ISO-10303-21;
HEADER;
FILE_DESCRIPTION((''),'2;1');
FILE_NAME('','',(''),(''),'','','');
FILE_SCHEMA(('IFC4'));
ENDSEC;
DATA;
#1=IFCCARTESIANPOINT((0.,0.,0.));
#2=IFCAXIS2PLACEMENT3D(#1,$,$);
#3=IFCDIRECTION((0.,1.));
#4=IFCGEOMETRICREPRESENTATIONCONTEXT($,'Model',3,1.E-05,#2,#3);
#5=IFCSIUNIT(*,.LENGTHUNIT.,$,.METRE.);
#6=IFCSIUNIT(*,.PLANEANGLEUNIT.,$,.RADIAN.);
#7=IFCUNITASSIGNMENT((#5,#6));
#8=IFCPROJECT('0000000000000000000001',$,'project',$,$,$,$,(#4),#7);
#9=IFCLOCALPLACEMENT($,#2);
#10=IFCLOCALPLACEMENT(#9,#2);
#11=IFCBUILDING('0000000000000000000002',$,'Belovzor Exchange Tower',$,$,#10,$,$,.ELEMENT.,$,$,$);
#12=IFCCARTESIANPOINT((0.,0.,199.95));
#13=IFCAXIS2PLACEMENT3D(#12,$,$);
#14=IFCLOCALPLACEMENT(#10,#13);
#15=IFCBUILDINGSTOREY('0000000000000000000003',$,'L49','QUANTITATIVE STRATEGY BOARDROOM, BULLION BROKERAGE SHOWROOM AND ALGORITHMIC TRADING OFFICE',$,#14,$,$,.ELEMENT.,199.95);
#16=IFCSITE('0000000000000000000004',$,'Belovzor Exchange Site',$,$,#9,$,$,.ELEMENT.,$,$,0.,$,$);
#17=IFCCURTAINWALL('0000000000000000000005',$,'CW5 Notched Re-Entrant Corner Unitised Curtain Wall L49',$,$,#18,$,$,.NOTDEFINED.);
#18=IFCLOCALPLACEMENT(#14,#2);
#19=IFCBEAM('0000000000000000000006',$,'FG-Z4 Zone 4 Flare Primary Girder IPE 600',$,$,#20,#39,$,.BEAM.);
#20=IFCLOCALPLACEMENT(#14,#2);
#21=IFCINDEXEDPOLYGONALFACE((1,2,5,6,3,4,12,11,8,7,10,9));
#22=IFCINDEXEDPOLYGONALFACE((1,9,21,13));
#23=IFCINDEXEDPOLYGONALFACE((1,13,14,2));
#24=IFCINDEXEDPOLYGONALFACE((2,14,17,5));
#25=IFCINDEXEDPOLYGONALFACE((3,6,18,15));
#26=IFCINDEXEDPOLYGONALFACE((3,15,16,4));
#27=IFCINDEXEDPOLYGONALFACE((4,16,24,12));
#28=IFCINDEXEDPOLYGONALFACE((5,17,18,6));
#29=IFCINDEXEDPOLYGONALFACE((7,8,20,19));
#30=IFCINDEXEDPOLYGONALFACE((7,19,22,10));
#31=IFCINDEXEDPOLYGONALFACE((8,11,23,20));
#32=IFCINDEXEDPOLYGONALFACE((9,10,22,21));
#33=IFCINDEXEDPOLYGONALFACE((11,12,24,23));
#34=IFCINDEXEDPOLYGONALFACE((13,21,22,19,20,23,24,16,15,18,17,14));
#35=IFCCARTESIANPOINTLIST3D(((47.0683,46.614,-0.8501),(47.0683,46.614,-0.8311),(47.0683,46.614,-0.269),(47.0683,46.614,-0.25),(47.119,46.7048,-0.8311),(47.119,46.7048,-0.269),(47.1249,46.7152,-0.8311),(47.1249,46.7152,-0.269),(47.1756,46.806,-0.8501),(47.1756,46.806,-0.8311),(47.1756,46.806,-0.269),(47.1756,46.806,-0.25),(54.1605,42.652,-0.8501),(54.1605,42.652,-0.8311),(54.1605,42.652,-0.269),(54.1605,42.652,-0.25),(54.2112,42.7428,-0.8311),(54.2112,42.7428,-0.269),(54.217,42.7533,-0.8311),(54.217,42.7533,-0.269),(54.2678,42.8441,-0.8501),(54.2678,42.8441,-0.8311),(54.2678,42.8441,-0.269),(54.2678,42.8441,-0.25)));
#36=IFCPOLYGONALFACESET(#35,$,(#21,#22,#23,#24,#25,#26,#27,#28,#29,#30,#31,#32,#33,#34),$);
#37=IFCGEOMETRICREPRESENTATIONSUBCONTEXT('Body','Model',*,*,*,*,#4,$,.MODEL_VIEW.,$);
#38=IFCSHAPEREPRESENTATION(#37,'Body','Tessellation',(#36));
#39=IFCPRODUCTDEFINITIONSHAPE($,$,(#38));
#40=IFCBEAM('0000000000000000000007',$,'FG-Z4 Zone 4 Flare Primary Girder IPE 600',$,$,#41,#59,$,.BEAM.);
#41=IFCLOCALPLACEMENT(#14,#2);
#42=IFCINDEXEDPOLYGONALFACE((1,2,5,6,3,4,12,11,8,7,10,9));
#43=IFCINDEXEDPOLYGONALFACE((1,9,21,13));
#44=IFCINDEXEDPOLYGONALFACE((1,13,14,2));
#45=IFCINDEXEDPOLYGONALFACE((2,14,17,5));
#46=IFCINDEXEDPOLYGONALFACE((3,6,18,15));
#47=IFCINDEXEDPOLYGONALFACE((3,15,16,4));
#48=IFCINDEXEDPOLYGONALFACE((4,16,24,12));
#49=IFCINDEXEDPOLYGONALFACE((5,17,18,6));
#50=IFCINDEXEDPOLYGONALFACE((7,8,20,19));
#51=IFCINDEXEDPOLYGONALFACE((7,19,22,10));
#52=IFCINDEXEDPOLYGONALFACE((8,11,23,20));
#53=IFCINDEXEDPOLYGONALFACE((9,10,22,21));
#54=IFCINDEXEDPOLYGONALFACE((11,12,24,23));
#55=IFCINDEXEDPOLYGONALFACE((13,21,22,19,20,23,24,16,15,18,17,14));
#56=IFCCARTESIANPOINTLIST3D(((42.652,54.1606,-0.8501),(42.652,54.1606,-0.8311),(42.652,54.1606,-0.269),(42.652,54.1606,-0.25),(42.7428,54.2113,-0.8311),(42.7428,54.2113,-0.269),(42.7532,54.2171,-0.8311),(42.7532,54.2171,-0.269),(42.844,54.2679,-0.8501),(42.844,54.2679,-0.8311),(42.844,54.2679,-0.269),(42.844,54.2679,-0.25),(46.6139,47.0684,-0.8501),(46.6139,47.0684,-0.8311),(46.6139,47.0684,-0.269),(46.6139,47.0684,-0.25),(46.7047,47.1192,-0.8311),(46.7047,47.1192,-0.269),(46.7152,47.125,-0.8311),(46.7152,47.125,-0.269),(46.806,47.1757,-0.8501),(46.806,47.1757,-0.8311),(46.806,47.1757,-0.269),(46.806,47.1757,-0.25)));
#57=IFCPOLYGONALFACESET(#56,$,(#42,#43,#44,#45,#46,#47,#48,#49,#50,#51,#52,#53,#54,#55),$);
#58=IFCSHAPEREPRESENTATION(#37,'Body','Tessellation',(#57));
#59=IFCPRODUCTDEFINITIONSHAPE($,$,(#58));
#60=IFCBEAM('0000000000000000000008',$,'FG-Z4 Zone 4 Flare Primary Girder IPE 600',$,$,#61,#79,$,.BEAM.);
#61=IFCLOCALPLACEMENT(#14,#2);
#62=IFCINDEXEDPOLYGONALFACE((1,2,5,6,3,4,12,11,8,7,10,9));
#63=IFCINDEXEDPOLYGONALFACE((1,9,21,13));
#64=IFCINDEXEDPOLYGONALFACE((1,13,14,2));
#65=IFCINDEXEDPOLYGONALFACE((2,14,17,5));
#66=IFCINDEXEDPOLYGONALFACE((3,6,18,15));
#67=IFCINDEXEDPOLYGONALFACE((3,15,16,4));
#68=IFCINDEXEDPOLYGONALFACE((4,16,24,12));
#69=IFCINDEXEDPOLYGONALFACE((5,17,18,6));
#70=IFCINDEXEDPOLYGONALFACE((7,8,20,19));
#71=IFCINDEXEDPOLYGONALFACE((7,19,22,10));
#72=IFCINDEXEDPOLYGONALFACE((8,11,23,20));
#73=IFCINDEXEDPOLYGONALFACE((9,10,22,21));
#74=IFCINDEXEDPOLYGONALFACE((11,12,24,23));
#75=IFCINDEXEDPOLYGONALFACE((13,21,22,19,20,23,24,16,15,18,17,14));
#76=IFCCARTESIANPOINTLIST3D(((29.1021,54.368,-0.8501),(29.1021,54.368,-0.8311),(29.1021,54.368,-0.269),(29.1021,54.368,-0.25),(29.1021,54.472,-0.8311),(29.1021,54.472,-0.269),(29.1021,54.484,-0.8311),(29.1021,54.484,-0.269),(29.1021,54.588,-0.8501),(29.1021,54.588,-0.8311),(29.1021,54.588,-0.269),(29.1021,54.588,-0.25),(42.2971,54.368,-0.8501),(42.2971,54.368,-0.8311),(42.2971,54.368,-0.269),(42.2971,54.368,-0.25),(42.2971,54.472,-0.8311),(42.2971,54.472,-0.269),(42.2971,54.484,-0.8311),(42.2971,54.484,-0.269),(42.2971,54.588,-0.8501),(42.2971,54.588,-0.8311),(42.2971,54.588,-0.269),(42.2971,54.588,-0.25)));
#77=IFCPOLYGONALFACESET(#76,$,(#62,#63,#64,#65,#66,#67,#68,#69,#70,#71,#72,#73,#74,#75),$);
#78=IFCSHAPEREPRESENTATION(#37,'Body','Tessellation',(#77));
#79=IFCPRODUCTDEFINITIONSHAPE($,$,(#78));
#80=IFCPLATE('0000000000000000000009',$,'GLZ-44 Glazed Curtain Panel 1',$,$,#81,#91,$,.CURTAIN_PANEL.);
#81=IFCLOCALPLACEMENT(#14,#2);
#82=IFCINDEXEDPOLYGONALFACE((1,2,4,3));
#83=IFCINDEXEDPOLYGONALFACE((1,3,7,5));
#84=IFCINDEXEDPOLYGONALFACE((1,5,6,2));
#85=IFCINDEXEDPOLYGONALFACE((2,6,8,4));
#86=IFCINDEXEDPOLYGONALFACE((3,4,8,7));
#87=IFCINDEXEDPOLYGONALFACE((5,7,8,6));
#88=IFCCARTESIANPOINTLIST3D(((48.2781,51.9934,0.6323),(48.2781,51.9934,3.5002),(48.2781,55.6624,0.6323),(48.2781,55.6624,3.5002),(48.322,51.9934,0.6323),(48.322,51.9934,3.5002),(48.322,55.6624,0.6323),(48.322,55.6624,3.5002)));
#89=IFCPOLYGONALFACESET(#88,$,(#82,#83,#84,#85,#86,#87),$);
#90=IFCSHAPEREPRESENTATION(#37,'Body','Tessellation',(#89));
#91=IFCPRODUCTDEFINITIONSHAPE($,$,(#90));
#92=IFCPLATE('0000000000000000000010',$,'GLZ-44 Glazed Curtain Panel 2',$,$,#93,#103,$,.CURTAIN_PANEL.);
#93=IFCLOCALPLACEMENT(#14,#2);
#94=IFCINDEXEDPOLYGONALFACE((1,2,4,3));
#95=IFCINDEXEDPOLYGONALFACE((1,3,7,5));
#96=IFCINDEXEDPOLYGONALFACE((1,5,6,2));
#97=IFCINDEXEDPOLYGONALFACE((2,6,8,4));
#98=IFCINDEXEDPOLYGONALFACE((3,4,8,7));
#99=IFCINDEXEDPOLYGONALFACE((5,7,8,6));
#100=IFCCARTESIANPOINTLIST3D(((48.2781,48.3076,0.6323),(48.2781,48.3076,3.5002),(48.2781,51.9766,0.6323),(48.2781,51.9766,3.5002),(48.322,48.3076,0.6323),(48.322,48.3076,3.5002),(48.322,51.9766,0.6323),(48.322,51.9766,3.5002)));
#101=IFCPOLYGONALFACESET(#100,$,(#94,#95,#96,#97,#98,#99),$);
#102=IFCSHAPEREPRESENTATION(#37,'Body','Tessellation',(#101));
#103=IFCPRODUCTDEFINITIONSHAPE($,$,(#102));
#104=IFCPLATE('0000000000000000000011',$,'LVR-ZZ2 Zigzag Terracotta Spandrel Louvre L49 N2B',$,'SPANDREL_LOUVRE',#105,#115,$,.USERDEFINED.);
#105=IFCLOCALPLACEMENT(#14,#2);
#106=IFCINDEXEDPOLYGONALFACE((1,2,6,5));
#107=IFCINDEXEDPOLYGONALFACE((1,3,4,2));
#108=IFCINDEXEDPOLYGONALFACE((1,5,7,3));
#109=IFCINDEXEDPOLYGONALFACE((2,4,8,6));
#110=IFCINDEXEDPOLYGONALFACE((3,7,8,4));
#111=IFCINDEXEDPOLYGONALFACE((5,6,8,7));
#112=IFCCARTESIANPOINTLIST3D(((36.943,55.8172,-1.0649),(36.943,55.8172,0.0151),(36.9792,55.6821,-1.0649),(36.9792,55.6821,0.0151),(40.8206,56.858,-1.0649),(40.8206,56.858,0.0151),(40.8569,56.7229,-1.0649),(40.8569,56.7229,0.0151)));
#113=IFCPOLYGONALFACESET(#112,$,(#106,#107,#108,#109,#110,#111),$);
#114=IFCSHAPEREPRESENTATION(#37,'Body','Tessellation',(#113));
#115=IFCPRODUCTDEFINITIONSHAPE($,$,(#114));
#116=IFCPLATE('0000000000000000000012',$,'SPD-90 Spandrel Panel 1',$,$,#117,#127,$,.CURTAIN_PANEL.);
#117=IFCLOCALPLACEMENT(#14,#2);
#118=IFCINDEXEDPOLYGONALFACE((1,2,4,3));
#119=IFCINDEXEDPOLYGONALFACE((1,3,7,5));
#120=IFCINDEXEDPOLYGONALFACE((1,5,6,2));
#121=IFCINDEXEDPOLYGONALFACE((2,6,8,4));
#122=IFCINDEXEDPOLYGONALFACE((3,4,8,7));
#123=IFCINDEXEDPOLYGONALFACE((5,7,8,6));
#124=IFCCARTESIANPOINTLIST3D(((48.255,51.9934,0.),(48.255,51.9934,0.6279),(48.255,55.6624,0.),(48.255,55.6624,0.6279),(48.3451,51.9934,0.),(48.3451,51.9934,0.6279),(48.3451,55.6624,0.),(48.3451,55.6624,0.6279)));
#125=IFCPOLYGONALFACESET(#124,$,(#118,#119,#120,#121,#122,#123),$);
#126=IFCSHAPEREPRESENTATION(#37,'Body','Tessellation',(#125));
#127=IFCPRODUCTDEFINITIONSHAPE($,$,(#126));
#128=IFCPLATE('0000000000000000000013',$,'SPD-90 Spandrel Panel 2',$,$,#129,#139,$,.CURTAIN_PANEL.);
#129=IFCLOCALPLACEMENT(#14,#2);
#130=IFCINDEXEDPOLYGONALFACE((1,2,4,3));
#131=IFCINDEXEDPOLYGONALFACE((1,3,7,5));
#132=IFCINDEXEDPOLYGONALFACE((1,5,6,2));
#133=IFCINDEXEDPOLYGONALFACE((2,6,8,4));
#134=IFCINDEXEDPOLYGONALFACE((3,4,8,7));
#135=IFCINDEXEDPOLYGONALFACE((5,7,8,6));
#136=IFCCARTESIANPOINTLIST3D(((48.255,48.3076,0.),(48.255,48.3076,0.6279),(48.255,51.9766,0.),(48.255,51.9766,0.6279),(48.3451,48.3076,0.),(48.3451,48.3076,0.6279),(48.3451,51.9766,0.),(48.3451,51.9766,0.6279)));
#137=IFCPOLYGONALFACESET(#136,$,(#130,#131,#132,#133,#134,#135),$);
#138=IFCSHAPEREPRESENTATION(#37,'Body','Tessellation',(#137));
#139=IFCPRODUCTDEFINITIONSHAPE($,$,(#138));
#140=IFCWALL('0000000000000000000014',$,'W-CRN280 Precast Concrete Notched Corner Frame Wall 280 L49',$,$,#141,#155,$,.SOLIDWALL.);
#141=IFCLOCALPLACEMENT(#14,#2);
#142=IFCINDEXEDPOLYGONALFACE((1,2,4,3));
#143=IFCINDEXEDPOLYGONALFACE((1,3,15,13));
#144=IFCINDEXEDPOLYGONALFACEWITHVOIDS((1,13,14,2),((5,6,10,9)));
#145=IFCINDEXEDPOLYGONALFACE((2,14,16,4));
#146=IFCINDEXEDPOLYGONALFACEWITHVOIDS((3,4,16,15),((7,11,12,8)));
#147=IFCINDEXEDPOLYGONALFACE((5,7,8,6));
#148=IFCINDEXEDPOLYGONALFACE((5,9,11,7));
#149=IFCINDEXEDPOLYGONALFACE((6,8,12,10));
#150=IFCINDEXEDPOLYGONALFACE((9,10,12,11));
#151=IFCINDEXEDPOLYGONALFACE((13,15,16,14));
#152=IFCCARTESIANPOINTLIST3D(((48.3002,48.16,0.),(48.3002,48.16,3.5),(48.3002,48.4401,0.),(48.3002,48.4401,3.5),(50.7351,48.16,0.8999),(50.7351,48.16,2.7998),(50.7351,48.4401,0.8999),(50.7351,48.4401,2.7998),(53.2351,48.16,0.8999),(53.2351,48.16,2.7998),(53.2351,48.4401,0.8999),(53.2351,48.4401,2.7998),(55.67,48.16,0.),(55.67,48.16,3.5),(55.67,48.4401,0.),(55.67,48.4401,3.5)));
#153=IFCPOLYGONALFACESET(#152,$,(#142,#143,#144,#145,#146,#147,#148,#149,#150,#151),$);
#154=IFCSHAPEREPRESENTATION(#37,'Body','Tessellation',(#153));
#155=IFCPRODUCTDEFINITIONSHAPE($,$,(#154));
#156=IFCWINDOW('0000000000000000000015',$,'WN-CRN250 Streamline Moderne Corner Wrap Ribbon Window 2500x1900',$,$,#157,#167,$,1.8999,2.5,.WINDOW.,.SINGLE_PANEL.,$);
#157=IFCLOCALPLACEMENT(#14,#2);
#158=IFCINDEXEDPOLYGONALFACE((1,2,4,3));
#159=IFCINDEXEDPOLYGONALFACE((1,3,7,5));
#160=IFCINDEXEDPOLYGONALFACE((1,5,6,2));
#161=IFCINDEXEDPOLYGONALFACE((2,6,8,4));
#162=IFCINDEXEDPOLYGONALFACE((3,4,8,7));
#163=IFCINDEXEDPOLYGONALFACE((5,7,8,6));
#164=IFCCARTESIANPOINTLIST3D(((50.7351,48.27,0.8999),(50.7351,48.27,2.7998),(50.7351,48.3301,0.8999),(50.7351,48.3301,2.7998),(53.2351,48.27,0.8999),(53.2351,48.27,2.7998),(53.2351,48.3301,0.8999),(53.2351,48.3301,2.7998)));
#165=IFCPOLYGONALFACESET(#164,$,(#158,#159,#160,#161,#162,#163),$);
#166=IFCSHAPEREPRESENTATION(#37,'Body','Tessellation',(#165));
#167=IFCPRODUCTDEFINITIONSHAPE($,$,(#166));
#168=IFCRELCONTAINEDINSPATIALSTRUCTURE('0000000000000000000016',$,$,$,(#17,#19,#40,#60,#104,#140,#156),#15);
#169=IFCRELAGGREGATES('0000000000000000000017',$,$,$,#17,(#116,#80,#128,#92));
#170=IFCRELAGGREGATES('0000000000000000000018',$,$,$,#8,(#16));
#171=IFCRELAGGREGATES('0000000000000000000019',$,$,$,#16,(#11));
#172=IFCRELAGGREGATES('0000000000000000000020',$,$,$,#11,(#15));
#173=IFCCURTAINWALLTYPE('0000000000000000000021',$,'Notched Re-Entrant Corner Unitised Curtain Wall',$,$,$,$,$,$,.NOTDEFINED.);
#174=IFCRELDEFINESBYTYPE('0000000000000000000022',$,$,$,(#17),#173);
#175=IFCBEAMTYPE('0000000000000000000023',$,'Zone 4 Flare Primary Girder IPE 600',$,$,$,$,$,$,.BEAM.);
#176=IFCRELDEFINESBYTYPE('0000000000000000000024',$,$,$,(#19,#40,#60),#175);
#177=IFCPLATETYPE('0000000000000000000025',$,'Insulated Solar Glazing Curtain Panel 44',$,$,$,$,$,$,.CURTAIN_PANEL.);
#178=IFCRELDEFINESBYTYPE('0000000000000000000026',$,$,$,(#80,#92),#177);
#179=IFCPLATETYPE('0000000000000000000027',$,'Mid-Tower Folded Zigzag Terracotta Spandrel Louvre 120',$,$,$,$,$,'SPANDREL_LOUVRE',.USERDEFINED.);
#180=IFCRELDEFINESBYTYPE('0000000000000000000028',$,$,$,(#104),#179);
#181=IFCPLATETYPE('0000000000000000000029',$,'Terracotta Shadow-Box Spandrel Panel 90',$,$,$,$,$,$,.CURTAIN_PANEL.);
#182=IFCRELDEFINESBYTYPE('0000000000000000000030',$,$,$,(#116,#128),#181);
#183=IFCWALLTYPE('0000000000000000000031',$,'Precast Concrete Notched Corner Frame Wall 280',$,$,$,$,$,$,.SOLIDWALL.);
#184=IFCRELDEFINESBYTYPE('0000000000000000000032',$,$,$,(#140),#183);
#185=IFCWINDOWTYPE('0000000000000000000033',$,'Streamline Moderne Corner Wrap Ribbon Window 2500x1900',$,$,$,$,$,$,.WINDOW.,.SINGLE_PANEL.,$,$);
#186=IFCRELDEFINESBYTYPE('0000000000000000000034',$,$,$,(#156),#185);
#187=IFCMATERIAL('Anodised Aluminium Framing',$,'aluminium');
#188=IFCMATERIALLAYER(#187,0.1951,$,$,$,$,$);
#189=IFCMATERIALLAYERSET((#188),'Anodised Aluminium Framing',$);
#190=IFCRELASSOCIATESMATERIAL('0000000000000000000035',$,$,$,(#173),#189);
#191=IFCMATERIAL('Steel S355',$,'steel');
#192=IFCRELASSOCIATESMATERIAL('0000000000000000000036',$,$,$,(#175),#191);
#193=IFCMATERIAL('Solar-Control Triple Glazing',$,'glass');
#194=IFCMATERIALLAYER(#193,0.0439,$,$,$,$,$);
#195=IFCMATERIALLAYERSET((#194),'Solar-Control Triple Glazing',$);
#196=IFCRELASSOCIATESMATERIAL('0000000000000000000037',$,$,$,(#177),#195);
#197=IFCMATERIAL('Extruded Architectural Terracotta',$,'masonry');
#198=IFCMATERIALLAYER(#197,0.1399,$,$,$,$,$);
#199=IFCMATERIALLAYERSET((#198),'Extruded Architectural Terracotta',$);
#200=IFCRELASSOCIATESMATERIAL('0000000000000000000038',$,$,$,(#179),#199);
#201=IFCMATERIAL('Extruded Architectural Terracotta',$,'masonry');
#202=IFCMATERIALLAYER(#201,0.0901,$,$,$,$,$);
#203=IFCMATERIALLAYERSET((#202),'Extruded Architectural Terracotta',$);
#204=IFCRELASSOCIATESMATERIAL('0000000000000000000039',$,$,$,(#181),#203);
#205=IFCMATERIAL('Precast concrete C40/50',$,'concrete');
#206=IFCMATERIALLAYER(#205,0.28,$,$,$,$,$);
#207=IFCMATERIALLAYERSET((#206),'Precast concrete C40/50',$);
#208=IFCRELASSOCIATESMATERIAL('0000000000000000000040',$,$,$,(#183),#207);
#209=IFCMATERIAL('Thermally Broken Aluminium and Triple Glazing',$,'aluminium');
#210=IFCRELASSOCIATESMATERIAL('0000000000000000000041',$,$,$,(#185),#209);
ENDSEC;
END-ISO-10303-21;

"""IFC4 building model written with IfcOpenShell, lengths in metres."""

from ifc_helpers import new_model, si_unit, direction, frame, frame_2d, origin, origin_2d, place, context, subcontext, project, spatial, rectangle, i_section, extrude, material, layer, layer_set, material_profile, profile_set, type_object, element, fill, aggregate, save


model = new_model("IFC4")

# Units and contexts
model_context = context("Model", 3, precision=1e-05, world=origin(), true_north=direction((0.0, 1.0)))
body_context = subcontext(model_context, "Body", "Model", "MODEL_VIEW")
ifc_project = project(units=[si_unit("LENGTHUNIT", "METRE"), si_unit("PLANEANGLEUNIT", "RADIAN")], contexts=[model_context])

# Site, building, storey
site_placement = place(None, origin())
site = spatial("IfcSite", under=ifc_project, at=site_placement, Name="Belovzor Exchange Site", CompositionType="ELEMENT", RefElevation=0.0)
building_placement = place(site_placement, origin())
building = spatial("IfcBuilding", under=site, at=building_placement, Name="Belovzor Exchange Tower", CompositionType="ELEMENT")
storey_placement = place(building_placement, frame((0.0, 0.0, 199.95)))
storey = spatial("IfcBuildingStorey", under=building, at=storey_placement, Name="L49", Description="QUANTITATIVE STRATEGY BOARDROOM, BULLION BROKERAGE SHOWROOM AND ALGORITHMIC TRADING OFFICE", CompositionType="ELEMENT", Elevation=199.95)

# Curtain wall
ifc_material_1 = material(Name="Anodised Aluminium Framing", Category="aluminium")
ifc_layer_1 = layer(ifc_material_1, 0.1951)
ifc_layer_set_1 = layer_set([ifc_layer_1], Name="Anodised Aluminium Framing")
curtain_wall_type = type_object("IfcCurtainWallType", Name="Notched Re-Entrant Corner Unitised Curtain Wall", PredefinedType="NOTDEFINED", material=ifc_layer_set_1)
curtain_wall_placement = place(storey_placement, origin())
curtain_wall = element("IfcCurtainWall", 1, at=curtain_wall_placement, inside=storey, type_object=curtain_wall_type, Name="CW5 Notched Re-Entrant Corner Unitised Curtain Wall L49", PredefinedType="NOTDEFINED")

# Beams
ifc_material_2 = material(Name="Steel S355", Category="steel")
ifc_material_profile_1 = material_profile(ifc_material_2, i_section(OverallWidth=0.22, OverallDepth=0.6001, WebThickness=0.012, FlangeThickness=0.019, at=origin_2d()))
ifc_profile_set_1 = profile_set([ifc_material_profile_1], Name="Steel S355")
beam_type_1 = type_object("IfcBeamType", Name="Zone 4 Flare Primary Girder IPE 600", PredefinedType="BEAM", material=ifc_profile_set_1)
for number, where, z_axis, x_axis, name in (
    (2, (54.2141, 42.748, -0.55), (-0.873011, 0.487701, 0.0), (-0.487701, -0.873011, 0.0), "FG-Z4 Zone 4 Flare Primary Girder IPE 600"),
    (3, (46.71, 47.1221, -0.55), (-0.487701, 0.873011, 0.0), (-0.873011, -0.487701, 0.0), "FG-Z4 Zone 4 Flare Primary Girder IPE 600"),
):
    element("IfcBeam", number, at=place(storey_placement, frame(where, z_axis=z_axis, x_axis=x_axis)), inside=storey, type_object=beam_type_1, Name=name, PredefinedType="BEAM", context=body_context, shape_type="SweptSolid", body=[
        extrude(i_section(OverallWidth=0.22, OverallDepth=0.6001, WebThickness=0.012, FlangeThickness=0.019, at=origin_2d()), origin(), (0.0, 0.0, 1.0), 8.1238),
    ])
beam_1_placement = place(storey_placement, frame((42.2971, 54.478, -0.55), z_axis=(-1.0, 0.0, 0.0), x_axis=(0.0, -1.0, 0.0)))
element("IfcBeam", 4, at=beam_1_placement, inside=storey, type_object=beam_type_1, Name="FG-Z4 Zone 4 Flare Primary Girder IPE 600", PredefinedType="BEAM", context=body_context, shape_type="SweptSolid", body=[
    extrude(i_section(OverallWidth=0.22, OverallDepth=0.6001, WebThickness=0.012, FlangeThickness=0.019, at=origin_2d()), origin(), (0.0, 0.0, 1.0), 13.1951),
])

# Plates
ifc_material_3 = material(Name="Solar-Control Triple Glazing", Category="glass")
ifc_layer_2 = layer(ifc_material_3, 0.0439)
ifc_layer_set_2 = layer_set([ifc_layer_2], Name="Solar-Control Triple Glazing")
plate_type_1 = type_object("IfcPlateType", Name="Insulated Solar Glazing Curtain Panel 44", PredefinedType="CURTAIN_PANEL", material=ifc_layer_set_2)
plate_1_placement = place(storey_placement, frame((48.3, 53.8279, 0.6323), z_axis=(0.0, 0.0, 1.0), x_axis=(0.0, -1.0, 0.0)))
plate_1 = element("IfcPlate", 5, at=plate_1_placement, type_object=plate_type_1, Name="GLZ-44 Glazed Curtain Panel 1", PredefinedType="CURTAIN_PANEL", context=body_context, shape_type="SweptSolid", body=[
    extrude(rectangle(XDim=3.6689, YDim=0.0439, at=origin_2d()), origin(), (0.0, 0.0, 1.0), 2.8679),
])
plate_2_placement = place(storey_placement, frame((48.3, 50.1421, 0.6323), z_axis=(0.0, 0.0, 1.0), x_axis=(0.0, -1.0, 0.0)))
plate_2 = element("IfcPlate", 6, at=plate_2_placement, type_object=plate_type_1, Name="GLZ-44 Glazed Curtain Panel 2", PredefinedType="CURTAIN_PANEL", context=body_context, shape_type="SweptSolid", body=[
    extrude(rectangle(XDim=3.6689, YDim=0.0439, at=origin_2d()), origin(), (0.0, 0.0, 1.0), 2.8679),
])
ifc_material_4 = material(Name="Extruded Architectural Terracotta", Category="masonry")
ifc_layer_3 = layer(ifc_material_4, 0.1399)
ifc_layer_set_3 = layer_set([ifc_layer_3], Name="Extruded Architectural Terracotta")
plate_type_2 = type_object("IfcPlateType", Name="Mid-Tower Folded Zigzag Terracotta Spandrel Louvre 120", ElementType="SPANDREL_LOUVRE", PredefinedType="USERDEFINED", material=ifc_layer_set_3)
plate_3_placement = place(storey_placement, frame((38.8999, 56.27, -1.0649), z_axis=(0.0, 0.0, 1.0), x_axis=(0.965813, 0.25924, 0.0)))
element("IfcPlate", 7, at=plate_3_placement, inside=storey, type_object=plate_type_2, Name="LVR-ZZ2 Zigzag Terracotta Spandrel Louvre L49 N2B", ObjectType="SPANDREL_LOUVRE", PredefinedType="USERDEFINED", context=body_context, shape_type="SweptSolid", body=[
    extrude(rectangle(XDim=4.0149, YDim=0.1399, at=origin_2d()), origin(), (0.0, 0.0, 1.0), 1.0801),
])
ifc_material_5 = material(Name="Extruded Architectural Terracotta", Category="masonry")
ifc_layer_4 = layer(ifc_material_5, 0.0901)
ifc_layer_set_4 = layer_set([ifc_layer_4], Name="Extruded Architectural Terracotta")
plate_type_3 = type_object("IfcPlateType", Name="Terracotta Shadow-Box Spandrel Panel 90", PredefinedType="CURTAIN_PANEL", material=ifc_layer_set_4)
plate_4_placement = place(storey_placement, frame((48.3, 53.8279, 0.0), z_axis=(0.0, 0.0, 1.0), x_axis=(0.0, -1.0, 0.0)))
plate_4 = element("IfcPlate", 8, at=plate_4_placement, type_object=plate_type_3, Name="SPD-90 Spandrel Panel 1", PredefinedType="CURTAIN_PANEL", context=body_context, shape_type="SweptSolid", body=[
    extrude(rectangle(XDim=3.6689, YDim=0.0901, at=origin_2d()), origin(), (0.0, 0.0, 1.0), 0.6279),
])
plate_5_placement = place(storey_placement, frame((48.3, 50.1421, 0.0), z_axis=(0.0, 0.0, 1.0), x_axis=(0.0, -1.0, 0.0)))
plate_5 = element("IfcPlate", 9, at=plate_5_placement, type_object=plate_type_3, Name="SPD-90 Spandrel Panel 2", PredefinedType="CURTAIN_PANEL", context=body_context, shape_type="SweptSolid", body=[
    extrude(rectangle(XDim=3.6689, YDim=0.0901, at=origin_2d()), origin(), (0.0, 0.0, 1.0), 0.6279),
])
aggregate(curtain_wall, [plate_4, plate_1, plate_5, plate_2])

# Wall, opening, window
ifc_material_6 = material(Name="Precast concrete C40/50", Category="concrete")
ifc_layer_5 = layer(ifc_material_6, 0.28)
ifc_layer_set_5 = layer_set([ifc_layer_5], Name="Precast concrete C40/50")
wall_type_1 = type_object("IfcWallType", Name="Precast Concrete Notched Corner Frame Wall 280", PredefinedType="SOLIDWALL", material=ifc_layer_set_5)
wall_1_placement = place(storey_placement, frame((48.3, 48.3, 0.0), z_axis=(0.0, 0.0, 1.0), x_axis=(1.0, 0.0, 0.0)))
wall_1 = element("IfcWall", 10, at=wall_1_placement, inside=storey, type_object=wall_type_1, Name="W-CRN280 Precast Concrete Notched Corner Frame Wall 280 L49", PredefinedType="SOLIDWALL", context=body_context, shape_type="SweptSolid", body=[
    extrude(rectangle(XDim=7.3699, YDim=0.28, at=frame_2d((3.6851, 0.0))), origin(), (0.0, 0.0, 1.0), 3.5),
])
opening_1_placement = place(wall_1_placement, frame((2.4351, 0.0, 0.8999)))
opening_1 = element("IfcOpeningElement", 11, at=opening_1_placement, cuts=wall_1, PredefinedType="OPENING", context=body_context, shape_type="SweptSolid", body=[
    extrude(rectangle(XDim=2.5, YDim=1.8999, at=frame_2d((1.25, 0.95))), frame((0.0, 0.1499, 0.0), z_axis=(0.0, -1.0, 0.0), x_axis=(1.0, 0.0, 0.0)), (0.0, 0.0, 1.0), 0.3),
])
ifc_material_7 = material(Name="Thermally Broken Aluminium and Triple Glazing", Category="aluminium")
window_type = type_object("IfcWindowType", Name="Streamline Moderne Corner Wrap Ribbon Window 2500x1900", PartitioningType="SINGLE_PANEL", PredefinedType="WINDOW", material=ifc_material_7)
window_placement = place(opening_1_placement, origin())
window = element("IfcWindow", 12, at=window_placement, inside=storey, type_object=window_type, Name="WN-CRN250 Streamline Moderne Corner Wrap Ribbon Window 2500x1900", OverallHeight=1.8999, OverallWidth=2.5, PartitioningType="SINGLE_PANEL", PredefinedType="WINDOW", context=body_context, shape_type="SweptSolid", body=[
    extrude(rectangle(XDim=2.5, YDim=1.8999, at=frame_2d((1.25, 0.95))), frame((0.0, 0.03, 0.0), z_axis=(0.0, -1.0, 0.0), x_axis=(1.0, 0.0, 0.0)), (0.0, 0.0, 1.0), 0.0601),
])
fill(opening_1, window)

save(model, "model.ifc")
